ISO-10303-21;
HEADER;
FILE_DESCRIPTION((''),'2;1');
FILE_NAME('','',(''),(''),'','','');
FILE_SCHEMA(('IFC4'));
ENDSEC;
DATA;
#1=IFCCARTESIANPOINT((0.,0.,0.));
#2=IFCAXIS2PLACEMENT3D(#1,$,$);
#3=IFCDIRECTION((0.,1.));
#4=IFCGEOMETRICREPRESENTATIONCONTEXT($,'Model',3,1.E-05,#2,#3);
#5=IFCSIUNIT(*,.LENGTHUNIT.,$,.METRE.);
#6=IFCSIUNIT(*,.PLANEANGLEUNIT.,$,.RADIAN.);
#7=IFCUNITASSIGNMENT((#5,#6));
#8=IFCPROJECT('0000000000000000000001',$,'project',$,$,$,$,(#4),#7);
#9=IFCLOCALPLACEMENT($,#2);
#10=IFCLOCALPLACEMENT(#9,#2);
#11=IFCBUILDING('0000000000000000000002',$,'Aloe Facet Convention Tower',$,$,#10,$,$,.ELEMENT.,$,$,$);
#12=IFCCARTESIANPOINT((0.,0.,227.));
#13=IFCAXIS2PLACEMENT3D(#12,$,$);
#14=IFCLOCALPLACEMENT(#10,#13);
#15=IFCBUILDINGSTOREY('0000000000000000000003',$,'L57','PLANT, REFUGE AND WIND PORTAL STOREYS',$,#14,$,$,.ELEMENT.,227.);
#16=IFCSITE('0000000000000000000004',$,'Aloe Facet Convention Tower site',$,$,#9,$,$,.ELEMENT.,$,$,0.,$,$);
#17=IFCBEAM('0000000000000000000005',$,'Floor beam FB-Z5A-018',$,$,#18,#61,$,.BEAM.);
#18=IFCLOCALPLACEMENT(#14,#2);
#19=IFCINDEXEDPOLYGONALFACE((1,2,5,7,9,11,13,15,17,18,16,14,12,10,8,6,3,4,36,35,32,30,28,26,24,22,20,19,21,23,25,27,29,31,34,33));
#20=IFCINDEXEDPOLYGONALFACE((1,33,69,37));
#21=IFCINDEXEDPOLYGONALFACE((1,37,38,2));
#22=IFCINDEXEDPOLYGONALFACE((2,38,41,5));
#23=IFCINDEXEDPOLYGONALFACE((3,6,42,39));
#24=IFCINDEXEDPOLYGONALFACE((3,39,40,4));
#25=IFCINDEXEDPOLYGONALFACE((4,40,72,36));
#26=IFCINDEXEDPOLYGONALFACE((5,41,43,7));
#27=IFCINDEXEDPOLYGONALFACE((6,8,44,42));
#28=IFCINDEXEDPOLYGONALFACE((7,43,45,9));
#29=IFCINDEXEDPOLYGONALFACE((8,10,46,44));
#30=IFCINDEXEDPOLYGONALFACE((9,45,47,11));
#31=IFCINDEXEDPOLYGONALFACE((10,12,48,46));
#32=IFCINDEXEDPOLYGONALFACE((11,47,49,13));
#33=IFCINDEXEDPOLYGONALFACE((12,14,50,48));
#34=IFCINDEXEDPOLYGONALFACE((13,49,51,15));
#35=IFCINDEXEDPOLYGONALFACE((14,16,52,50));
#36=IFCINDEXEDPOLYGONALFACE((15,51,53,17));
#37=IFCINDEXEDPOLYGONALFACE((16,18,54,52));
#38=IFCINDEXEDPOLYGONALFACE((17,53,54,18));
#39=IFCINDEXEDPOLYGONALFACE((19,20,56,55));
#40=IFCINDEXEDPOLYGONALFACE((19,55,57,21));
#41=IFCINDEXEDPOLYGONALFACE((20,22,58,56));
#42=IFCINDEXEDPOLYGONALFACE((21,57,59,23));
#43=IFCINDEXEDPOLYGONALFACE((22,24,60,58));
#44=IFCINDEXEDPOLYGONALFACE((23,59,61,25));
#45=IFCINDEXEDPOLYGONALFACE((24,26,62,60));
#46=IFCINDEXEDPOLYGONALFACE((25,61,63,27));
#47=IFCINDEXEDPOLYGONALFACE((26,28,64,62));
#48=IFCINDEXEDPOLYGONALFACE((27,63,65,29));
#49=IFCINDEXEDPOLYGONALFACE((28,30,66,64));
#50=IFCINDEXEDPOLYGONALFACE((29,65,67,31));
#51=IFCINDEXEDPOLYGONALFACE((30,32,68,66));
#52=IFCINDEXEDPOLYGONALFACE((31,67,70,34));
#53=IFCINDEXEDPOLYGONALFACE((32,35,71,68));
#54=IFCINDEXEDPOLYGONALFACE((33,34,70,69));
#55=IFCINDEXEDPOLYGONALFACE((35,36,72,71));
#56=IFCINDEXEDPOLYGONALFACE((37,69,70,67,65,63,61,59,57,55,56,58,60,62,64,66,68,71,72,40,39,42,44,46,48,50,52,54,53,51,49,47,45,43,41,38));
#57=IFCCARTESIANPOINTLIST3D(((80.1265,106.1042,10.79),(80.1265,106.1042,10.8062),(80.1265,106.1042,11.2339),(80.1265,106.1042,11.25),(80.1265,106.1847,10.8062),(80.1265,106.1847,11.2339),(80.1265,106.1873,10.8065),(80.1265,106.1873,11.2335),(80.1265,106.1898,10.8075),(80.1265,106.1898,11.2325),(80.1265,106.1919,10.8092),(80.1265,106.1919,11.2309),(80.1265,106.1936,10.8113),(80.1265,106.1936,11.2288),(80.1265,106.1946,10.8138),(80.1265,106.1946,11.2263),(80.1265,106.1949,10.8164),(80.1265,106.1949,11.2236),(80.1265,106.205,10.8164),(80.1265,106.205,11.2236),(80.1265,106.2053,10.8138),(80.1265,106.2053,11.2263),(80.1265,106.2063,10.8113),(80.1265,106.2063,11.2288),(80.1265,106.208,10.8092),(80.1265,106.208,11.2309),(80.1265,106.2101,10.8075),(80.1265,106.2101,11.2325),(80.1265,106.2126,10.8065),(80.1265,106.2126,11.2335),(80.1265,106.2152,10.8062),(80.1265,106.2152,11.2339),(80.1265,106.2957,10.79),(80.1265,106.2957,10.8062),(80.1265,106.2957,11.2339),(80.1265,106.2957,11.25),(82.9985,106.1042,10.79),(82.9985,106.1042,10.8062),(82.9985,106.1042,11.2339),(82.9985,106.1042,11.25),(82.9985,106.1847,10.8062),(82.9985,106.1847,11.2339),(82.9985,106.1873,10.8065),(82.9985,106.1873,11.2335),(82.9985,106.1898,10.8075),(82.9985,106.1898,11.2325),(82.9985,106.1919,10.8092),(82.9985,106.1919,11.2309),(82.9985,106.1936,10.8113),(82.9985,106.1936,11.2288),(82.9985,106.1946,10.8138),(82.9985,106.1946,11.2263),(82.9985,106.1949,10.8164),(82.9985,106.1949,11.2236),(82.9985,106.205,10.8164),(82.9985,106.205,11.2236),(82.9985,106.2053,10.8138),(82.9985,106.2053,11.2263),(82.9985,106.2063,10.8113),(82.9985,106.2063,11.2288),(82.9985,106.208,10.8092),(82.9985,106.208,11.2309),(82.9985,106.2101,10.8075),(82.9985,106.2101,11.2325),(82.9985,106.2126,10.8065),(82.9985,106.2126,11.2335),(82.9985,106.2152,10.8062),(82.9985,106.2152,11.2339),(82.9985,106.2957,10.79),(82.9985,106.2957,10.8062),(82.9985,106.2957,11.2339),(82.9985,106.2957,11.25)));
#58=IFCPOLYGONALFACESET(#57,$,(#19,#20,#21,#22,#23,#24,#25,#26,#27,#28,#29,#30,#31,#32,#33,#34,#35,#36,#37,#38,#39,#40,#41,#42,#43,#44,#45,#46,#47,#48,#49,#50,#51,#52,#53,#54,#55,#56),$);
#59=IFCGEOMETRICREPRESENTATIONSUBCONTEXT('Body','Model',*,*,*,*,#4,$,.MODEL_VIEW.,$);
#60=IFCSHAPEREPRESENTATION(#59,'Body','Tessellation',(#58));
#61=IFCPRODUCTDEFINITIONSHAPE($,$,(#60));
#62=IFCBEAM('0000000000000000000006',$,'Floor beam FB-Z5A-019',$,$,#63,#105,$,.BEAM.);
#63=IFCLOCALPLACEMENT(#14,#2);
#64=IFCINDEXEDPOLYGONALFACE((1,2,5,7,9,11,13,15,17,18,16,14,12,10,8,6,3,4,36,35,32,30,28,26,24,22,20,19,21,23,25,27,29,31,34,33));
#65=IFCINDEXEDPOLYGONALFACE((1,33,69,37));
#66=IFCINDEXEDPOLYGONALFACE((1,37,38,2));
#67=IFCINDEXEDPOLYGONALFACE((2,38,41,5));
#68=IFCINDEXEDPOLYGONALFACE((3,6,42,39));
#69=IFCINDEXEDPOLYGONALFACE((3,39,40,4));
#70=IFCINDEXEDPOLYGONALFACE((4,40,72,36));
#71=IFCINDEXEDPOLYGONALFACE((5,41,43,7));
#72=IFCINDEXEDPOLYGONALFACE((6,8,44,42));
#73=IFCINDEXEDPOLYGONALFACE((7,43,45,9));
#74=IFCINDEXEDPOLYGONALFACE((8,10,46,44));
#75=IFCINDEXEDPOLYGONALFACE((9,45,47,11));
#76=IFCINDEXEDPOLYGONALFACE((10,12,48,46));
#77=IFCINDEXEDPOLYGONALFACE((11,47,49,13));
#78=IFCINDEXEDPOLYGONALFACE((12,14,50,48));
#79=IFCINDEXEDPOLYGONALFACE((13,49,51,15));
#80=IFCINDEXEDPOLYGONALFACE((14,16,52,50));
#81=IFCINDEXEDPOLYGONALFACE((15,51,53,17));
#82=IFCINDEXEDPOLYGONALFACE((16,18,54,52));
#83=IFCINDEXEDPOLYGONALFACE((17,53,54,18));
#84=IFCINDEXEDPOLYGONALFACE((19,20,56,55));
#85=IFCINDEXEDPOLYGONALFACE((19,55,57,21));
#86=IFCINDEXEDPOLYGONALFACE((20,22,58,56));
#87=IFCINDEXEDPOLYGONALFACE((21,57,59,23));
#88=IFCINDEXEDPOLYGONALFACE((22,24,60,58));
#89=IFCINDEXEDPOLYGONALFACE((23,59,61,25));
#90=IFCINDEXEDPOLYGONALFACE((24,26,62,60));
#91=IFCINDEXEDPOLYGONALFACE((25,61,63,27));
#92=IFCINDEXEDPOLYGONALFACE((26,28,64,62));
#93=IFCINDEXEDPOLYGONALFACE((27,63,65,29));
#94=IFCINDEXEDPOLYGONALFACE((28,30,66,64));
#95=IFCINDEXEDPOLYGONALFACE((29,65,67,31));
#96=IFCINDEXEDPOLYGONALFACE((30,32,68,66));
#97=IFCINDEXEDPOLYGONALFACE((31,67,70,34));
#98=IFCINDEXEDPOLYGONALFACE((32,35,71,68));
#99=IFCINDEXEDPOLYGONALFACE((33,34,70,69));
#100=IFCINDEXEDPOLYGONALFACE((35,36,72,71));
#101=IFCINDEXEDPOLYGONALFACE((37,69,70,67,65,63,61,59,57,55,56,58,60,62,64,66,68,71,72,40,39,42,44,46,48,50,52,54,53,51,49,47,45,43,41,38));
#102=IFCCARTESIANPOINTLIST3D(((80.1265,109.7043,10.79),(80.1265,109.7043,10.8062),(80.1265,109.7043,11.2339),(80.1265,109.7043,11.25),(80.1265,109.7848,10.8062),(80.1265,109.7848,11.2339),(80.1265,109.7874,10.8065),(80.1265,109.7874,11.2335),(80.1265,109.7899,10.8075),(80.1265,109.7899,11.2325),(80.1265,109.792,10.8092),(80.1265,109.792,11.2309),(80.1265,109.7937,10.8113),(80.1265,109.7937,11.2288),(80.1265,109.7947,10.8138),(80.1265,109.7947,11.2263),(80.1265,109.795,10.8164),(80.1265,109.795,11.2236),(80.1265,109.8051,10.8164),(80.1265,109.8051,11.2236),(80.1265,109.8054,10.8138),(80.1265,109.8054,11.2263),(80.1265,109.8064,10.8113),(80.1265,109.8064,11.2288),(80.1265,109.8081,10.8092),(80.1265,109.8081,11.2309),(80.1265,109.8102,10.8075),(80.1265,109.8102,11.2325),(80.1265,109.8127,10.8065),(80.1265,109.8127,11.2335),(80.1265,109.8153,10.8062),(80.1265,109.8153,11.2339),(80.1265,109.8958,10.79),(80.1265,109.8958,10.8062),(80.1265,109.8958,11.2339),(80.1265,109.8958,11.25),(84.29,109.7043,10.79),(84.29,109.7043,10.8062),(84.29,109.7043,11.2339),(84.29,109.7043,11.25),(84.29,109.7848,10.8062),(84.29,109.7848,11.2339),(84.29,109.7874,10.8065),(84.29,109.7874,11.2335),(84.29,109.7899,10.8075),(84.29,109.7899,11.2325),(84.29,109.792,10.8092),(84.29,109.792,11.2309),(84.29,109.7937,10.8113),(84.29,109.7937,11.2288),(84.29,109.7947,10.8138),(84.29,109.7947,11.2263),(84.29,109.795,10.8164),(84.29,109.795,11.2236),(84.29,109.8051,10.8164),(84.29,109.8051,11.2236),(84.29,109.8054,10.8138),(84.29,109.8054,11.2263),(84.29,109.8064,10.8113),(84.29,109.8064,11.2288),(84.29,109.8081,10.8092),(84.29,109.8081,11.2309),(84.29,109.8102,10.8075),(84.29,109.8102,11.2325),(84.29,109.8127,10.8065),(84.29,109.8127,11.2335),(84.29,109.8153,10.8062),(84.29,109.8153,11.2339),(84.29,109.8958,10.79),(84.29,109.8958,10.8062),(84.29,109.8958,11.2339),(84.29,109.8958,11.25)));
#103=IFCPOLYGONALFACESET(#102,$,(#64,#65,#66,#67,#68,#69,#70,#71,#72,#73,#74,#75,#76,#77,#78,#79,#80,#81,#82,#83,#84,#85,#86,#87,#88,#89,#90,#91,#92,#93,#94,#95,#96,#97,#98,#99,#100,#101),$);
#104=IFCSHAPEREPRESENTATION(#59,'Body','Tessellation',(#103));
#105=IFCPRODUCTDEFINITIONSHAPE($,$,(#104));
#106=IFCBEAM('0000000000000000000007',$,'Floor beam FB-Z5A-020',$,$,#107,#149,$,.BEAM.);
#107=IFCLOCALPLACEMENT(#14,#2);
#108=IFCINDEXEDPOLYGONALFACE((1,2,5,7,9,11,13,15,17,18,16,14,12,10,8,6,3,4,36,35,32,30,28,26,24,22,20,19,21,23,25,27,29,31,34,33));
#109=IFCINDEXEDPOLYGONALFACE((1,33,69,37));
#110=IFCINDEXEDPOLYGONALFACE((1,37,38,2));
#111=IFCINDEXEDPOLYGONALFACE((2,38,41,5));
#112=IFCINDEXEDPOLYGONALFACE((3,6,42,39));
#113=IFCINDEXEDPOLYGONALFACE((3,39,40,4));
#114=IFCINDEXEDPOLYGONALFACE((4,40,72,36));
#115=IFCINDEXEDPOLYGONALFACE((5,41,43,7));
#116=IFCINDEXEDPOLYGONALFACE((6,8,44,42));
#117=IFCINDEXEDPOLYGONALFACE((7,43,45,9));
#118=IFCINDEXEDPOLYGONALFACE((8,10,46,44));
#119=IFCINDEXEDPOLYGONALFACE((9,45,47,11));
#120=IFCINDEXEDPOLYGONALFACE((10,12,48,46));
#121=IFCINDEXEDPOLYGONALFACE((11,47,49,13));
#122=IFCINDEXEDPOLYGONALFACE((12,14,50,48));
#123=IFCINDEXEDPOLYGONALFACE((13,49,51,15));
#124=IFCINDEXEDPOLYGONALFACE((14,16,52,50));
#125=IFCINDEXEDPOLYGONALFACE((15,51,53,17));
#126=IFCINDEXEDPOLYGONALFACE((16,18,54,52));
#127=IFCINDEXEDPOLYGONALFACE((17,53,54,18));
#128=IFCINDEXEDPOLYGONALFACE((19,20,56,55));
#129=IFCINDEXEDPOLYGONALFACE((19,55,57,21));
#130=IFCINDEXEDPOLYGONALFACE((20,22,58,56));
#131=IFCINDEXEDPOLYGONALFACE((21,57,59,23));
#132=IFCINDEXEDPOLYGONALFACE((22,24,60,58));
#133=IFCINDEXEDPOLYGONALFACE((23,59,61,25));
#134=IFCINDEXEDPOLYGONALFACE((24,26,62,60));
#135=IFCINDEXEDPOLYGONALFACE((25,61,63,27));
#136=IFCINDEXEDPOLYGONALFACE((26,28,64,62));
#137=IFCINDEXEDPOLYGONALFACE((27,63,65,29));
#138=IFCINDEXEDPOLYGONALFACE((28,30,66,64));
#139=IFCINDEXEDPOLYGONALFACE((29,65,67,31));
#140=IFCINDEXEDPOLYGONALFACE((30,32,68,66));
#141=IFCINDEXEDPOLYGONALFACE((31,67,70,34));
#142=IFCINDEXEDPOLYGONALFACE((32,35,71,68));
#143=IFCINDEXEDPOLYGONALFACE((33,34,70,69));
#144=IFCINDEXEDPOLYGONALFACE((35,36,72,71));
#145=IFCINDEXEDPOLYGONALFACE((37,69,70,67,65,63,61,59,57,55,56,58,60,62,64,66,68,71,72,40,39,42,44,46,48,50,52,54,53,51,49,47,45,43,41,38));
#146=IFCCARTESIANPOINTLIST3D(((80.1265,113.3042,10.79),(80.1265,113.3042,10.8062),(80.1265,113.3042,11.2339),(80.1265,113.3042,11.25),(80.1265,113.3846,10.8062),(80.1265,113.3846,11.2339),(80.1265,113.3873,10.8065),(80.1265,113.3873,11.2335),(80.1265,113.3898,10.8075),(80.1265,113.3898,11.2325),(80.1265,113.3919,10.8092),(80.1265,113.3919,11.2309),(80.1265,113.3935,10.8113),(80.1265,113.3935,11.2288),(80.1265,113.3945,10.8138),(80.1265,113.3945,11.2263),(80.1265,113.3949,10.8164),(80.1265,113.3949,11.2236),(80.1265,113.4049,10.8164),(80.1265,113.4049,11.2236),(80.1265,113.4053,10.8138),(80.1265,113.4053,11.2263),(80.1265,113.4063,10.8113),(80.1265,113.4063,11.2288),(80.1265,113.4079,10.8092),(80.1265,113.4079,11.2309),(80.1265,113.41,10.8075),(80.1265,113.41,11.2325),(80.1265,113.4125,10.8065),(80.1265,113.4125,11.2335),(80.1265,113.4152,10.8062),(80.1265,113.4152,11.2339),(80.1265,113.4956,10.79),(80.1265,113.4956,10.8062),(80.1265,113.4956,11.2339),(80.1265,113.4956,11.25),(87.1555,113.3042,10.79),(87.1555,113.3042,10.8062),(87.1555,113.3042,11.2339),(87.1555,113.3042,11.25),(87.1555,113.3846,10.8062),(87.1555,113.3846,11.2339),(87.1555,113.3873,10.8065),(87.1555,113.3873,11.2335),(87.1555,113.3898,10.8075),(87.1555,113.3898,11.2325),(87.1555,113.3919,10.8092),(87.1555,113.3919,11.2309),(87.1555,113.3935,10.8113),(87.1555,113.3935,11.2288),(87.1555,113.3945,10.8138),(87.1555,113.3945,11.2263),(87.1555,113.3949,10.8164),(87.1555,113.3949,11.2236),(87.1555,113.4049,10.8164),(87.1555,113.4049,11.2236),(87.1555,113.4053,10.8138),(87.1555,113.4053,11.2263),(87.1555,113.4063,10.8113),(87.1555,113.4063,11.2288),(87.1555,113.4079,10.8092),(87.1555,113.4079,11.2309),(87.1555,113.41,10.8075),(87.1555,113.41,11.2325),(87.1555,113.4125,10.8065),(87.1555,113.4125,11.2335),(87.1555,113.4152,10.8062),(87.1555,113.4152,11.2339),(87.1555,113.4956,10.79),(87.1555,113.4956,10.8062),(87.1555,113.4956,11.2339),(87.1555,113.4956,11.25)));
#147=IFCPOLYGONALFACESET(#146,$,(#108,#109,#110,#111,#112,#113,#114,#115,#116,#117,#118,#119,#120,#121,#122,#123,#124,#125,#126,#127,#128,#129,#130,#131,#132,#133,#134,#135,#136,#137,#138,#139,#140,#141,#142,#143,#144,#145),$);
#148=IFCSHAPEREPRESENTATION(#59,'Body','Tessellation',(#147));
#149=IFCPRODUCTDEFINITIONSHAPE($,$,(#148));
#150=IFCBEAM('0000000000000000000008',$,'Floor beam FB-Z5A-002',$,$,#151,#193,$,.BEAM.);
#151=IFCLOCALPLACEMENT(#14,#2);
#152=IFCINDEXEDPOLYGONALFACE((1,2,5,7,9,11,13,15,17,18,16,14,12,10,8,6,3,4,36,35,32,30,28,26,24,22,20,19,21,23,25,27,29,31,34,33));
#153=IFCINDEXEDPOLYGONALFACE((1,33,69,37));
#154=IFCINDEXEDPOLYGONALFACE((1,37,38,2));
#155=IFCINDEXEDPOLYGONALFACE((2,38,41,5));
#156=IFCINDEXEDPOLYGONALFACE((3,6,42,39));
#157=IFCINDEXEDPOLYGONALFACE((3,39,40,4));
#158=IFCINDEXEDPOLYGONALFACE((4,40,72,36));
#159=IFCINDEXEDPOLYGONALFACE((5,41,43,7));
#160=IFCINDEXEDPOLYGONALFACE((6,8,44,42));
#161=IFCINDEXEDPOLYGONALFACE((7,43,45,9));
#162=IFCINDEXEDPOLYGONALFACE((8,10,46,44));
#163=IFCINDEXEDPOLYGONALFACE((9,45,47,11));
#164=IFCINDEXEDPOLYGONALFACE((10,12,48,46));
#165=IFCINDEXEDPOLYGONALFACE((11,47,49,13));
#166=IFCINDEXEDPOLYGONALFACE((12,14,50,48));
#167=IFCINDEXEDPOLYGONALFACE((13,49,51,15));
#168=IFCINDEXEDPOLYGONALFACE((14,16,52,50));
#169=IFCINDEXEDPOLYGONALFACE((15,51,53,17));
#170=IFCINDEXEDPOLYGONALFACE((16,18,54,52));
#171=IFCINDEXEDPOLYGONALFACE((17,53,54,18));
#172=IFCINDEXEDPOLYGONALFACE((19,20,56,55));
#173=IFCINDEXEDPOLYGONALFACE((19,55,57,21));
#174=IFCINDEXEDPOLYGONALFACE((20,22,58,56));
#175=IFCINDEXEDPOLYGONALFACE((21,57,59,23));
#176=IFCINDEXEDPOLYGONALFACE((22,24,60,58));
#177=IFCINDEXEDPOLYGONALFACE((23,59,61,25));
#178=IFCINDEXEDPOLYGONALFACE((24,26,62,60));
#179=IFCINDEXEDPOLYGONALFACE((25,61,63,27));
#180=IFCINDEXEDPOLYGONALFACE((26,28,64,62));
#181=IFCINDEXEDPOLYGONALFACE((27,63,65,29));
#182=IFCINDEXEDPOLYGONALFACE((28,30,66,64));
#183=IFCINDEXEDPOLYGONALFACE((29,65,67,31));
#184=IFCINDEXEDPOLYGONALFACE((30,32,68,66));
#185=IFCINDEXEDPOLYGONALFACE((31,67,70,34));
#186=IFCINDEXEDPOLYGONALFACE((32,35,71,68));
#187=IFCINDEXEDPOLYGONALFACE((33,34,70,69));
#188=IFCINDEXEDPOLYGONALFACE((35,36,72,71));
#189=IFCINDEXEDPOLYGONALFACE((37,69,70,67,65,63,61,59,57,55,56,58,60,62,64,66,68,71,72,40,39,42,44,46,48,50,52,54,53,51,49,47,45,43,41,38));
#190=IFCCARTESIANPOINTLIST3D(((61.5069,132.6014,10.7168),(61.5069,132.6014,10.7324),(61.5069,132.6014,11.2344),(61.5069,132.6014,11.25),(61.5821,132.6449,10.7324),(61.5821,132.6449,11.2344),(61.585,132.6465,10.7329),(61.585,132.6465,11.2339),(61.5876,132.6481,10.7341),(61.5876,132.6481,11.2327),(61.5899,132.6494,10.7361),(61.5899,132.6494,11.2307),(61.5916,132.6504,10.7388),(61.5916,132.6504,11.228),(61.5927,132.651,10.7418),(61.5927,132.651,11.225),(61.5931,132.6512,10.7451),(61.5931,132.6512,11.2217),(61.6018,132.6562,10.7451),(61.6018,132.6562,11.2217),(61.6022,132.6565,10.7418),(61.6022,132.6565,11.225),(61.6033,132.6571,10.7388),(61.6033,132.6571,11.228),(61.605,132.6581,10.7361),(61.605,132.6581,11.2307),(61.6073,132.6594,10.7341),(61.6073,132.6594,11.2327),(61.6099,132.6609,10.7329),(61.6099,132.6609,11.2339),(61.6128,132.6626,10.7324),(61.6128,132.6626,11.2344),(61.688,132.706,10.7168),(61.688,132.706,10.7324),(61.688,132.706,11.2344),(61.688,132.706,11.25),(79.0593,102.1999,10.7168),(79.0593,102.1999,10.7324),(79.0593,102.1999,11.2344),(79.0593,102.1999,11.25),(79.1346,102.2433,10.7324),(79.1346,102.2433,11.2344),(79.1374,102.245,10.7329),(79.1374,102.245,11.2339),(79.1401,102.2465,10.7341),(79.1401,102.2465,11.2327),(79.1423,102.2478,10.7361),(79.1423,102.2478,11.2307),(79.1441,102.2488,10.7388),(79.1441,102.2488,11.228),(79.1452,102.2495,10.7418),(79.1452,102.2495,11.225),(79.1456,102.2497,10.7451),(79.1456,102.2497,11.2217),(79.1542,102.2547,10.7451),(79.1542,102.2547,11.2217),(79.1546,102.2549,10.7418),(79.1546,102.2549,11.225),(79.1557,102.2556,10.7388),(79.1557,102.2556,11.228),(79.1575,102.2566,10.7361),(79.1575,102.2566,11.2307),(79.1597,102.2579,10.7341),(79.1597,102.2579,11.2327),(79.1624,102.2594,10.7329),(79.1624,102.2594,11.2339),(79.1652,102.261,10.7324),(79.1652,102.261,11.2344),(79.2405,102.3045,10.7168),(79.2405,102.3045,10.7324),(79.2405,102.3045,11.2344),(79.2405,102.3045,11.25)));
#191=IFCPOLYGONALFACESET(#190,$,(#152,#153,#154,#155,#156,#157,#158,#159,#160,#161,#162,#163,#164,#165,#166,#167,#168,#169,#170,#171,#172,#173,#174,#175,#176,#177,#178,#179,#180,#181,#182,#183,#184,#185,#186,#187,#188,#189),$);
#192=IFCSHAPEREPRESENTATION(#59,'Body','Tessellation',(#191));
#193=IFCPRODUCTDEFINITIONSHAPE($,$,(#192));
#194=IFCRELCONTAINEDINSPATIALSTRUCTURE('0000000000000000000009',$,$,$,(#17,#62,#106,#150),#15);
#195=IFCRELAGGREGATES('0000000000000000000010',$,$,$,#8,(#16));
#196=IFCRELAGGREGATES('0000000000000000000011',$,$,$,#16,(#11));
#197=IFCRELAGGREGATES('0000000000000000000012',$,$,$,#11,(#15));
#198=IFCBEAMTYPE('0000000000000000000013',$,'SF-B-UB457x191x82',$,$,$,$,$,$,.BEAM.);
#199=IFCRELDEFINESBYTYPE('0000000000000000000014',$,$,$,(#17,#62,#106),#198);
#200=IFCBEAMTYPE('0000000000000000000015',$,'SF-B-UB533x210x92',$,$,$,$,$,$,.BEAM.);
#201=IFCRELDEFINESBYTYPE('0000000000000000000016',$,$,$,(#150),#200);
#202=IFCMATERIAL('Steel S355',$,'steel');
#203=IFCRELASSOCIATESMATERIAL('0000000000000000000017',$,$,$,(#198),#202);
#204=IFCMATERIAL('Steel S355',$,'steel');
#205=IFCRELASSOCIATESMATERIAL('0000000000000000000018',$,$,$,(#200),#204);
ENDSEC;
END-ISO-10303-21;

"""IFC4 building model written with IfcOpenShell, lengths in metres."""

from ifc_helpers import new_model, si_unit, direction, frame, origin, origin_2d, place, context, subcontext, project, spatial, i_section, extrude, material, material_profile, profile_set, type_object, element, save


model = new_model("IFC4")

# Units and contexts
model_context = context("Model", 3, precision=1e-05, world=origin(), true_north=direction((0.0, 1.0)))
body_context = subcontext(model_context, "Body", "Model", "MODEL_VIEW")
ifc_project = project(units=[si_unit("LENGTHUNIT", "METRE"), si_unit("PLANEANGLEUNIT", "RADIAN")], contexts=[model_context])

# Site, building, storey
site_placement = place(None, origin())
site = spatial("IfcSite", under=ifc_project, at=site_placement, Name="Aloe Facet Convention Tower site", CompositionType="ELEMENT", RefElevation=0.0)
building_placement = place(site_placement, origin())
building = spatial("IfcBuilding", under=site, at=building_placement, Name="Aloe Facet Convention Tower", CompositionType="ELEMENT")
storey_placement = place(building_placement, frame((0.0, 0.0, 227.0)))
storey = spatial("IfcBuildingStorey", under=building, at=storey_placement, Name="L57", Description="PLANT, REFUGE AND WIND PORTAL STOREYS", CompositionType="ELEMENT", Elevation=227.0)

# Beams
ifc_material_1 = material(Name="Steel S355", Category="steel")
ifc_material_profile_1 = material_profile(ifc_material_1, i_section(OverallWidth=0.1914, OverallDepth=0.46, WebThickness=0.01, FlangeThickness=0.0161, FilletRadius=0.0103, at=origin_2d()), Name="UB 457x191x82")
ifc_profile_set_1 = profile_set([ifc_material_profile_1], Name="Steel S355")
beam_type_1 = type_object("IfcBeamType", Name="SF-B-UB457x191x82", PredefinedType="BEAM", material=ifc_profile_set_1)
for number, where, z_axis, x_axis, name in (
    (1, (80.1265, 106.2, 11.02), (1.0, 0.0, 0.0), (0.0, 1.0, 0.0), "Floor beam FB-Z5A-018"),
):
    element("IfcBeam", number, at=place(storey_placement, frame(where, z_axis=z_axis, x_axis=x_axis)), inside=storey, type_object=beam_type_1, Name=name, PredefinedType="BEAM", context=body_context, shape_type="SweptSolid", body=[
        extrude(i_section(OverallWidth=0.1914, OverallDepth=0.46, WebThickness=0.01, FlangeThickness=0.0161, FilletRadius=0.0103, at=origin_2d()), origin(), (0.0, 0.0, 1.0), 2.8721),
    ])
beam_1_placement = place(storey_placement, frame((80.1265, 109.8, 11.02), z_axis=(1.0, 0.0, 0.0), x_axis=(0.0, 1.0, 0.0)))
element("IfcBeam", 2, at=beam_1_placement, inside=storey, type_object=beam_type_1, Name="Floor beam FB-Z5A-019", PredefinedType="BEAM", context=body_context, shape_type="SweptSolid", body=[
    extrude(i_section(OverallWidth=0.1914, OverallDepth=0.46, WebThickness=0.01, FlangeThickness=0.0161, FilletRadius=0.0103, at=origin_2d()), origin(), (0.0, 0.0, 1.0), 4.1636),
])
beam_2_placement = place(storey_placement, frame((80.1265, 113.3999, 11.02), z_axis=(1.0, 0.0, 0.0), x_axis=(0.0, 1.0, 0.0)))
element("IfcBeam", 3, at=beam_2_placement, inside=storey, type_object=beam_type_1, Name="Floor beam FB-Z5A-020", PredefinedType="BEAM", context=body_context, shape_type="SweptSolid", body=[
    extrude(i_section(OverallWidth=0.1914, OverallDepth=0.46, WebThickness=0.01, FlangeThickness=0.0161, FilletRadius=0.0103, at=origin_2d()), origin(), (0.0, 0.0, 1.0), 7.0291),
])
ifc_material_2 = material(Name="Steel S355", Category="steel")
ifc_material_profile_2 = material_profile(ifc_material_2, i_section(OverallWidth=0.2092, OverallDepth=0.5332, WebThickness=0.01, FlangeThickness=0.0156, FilletRadius=0.0127, at=origin_2d()), Name="UB 533x210x92")
ifc_profile_set_2 = profile_set([ifc_material_profile_2], Name="Steel S355")
beam_type_2 = type_object("IfcBeamType", Name="SF-B-UB533x210x92", PredefinedType="BEAM", material=ifc_profile_set_2)
beam_3_placement = place(storey_placement, frame((79.1499, 102.2522, 10.9834), z_axis=(-0.500002, 0.866024, 0.0), x_axis=(-0.866024, -0.500002, 0.0)))
element("IfcBeam", 4, at=beam_3_placement, inside=storey, type_object=beam_type_2, Name="Floor beam FB-Z5A-002", PredefinedType="BEAM", context=body_context, shape_type="SweptSolid", body=[
    extrude(i_section(OverallWidth=0.2092, OverallDepth=0.5332, WebThickness=0.01, FlangeThickness=0.0156, FilletRadius=0.0127, at=origin_2d()), origin(), (0.0, 0.0, 1.0), 35.1047),
])

save(model, "model.ifc")
